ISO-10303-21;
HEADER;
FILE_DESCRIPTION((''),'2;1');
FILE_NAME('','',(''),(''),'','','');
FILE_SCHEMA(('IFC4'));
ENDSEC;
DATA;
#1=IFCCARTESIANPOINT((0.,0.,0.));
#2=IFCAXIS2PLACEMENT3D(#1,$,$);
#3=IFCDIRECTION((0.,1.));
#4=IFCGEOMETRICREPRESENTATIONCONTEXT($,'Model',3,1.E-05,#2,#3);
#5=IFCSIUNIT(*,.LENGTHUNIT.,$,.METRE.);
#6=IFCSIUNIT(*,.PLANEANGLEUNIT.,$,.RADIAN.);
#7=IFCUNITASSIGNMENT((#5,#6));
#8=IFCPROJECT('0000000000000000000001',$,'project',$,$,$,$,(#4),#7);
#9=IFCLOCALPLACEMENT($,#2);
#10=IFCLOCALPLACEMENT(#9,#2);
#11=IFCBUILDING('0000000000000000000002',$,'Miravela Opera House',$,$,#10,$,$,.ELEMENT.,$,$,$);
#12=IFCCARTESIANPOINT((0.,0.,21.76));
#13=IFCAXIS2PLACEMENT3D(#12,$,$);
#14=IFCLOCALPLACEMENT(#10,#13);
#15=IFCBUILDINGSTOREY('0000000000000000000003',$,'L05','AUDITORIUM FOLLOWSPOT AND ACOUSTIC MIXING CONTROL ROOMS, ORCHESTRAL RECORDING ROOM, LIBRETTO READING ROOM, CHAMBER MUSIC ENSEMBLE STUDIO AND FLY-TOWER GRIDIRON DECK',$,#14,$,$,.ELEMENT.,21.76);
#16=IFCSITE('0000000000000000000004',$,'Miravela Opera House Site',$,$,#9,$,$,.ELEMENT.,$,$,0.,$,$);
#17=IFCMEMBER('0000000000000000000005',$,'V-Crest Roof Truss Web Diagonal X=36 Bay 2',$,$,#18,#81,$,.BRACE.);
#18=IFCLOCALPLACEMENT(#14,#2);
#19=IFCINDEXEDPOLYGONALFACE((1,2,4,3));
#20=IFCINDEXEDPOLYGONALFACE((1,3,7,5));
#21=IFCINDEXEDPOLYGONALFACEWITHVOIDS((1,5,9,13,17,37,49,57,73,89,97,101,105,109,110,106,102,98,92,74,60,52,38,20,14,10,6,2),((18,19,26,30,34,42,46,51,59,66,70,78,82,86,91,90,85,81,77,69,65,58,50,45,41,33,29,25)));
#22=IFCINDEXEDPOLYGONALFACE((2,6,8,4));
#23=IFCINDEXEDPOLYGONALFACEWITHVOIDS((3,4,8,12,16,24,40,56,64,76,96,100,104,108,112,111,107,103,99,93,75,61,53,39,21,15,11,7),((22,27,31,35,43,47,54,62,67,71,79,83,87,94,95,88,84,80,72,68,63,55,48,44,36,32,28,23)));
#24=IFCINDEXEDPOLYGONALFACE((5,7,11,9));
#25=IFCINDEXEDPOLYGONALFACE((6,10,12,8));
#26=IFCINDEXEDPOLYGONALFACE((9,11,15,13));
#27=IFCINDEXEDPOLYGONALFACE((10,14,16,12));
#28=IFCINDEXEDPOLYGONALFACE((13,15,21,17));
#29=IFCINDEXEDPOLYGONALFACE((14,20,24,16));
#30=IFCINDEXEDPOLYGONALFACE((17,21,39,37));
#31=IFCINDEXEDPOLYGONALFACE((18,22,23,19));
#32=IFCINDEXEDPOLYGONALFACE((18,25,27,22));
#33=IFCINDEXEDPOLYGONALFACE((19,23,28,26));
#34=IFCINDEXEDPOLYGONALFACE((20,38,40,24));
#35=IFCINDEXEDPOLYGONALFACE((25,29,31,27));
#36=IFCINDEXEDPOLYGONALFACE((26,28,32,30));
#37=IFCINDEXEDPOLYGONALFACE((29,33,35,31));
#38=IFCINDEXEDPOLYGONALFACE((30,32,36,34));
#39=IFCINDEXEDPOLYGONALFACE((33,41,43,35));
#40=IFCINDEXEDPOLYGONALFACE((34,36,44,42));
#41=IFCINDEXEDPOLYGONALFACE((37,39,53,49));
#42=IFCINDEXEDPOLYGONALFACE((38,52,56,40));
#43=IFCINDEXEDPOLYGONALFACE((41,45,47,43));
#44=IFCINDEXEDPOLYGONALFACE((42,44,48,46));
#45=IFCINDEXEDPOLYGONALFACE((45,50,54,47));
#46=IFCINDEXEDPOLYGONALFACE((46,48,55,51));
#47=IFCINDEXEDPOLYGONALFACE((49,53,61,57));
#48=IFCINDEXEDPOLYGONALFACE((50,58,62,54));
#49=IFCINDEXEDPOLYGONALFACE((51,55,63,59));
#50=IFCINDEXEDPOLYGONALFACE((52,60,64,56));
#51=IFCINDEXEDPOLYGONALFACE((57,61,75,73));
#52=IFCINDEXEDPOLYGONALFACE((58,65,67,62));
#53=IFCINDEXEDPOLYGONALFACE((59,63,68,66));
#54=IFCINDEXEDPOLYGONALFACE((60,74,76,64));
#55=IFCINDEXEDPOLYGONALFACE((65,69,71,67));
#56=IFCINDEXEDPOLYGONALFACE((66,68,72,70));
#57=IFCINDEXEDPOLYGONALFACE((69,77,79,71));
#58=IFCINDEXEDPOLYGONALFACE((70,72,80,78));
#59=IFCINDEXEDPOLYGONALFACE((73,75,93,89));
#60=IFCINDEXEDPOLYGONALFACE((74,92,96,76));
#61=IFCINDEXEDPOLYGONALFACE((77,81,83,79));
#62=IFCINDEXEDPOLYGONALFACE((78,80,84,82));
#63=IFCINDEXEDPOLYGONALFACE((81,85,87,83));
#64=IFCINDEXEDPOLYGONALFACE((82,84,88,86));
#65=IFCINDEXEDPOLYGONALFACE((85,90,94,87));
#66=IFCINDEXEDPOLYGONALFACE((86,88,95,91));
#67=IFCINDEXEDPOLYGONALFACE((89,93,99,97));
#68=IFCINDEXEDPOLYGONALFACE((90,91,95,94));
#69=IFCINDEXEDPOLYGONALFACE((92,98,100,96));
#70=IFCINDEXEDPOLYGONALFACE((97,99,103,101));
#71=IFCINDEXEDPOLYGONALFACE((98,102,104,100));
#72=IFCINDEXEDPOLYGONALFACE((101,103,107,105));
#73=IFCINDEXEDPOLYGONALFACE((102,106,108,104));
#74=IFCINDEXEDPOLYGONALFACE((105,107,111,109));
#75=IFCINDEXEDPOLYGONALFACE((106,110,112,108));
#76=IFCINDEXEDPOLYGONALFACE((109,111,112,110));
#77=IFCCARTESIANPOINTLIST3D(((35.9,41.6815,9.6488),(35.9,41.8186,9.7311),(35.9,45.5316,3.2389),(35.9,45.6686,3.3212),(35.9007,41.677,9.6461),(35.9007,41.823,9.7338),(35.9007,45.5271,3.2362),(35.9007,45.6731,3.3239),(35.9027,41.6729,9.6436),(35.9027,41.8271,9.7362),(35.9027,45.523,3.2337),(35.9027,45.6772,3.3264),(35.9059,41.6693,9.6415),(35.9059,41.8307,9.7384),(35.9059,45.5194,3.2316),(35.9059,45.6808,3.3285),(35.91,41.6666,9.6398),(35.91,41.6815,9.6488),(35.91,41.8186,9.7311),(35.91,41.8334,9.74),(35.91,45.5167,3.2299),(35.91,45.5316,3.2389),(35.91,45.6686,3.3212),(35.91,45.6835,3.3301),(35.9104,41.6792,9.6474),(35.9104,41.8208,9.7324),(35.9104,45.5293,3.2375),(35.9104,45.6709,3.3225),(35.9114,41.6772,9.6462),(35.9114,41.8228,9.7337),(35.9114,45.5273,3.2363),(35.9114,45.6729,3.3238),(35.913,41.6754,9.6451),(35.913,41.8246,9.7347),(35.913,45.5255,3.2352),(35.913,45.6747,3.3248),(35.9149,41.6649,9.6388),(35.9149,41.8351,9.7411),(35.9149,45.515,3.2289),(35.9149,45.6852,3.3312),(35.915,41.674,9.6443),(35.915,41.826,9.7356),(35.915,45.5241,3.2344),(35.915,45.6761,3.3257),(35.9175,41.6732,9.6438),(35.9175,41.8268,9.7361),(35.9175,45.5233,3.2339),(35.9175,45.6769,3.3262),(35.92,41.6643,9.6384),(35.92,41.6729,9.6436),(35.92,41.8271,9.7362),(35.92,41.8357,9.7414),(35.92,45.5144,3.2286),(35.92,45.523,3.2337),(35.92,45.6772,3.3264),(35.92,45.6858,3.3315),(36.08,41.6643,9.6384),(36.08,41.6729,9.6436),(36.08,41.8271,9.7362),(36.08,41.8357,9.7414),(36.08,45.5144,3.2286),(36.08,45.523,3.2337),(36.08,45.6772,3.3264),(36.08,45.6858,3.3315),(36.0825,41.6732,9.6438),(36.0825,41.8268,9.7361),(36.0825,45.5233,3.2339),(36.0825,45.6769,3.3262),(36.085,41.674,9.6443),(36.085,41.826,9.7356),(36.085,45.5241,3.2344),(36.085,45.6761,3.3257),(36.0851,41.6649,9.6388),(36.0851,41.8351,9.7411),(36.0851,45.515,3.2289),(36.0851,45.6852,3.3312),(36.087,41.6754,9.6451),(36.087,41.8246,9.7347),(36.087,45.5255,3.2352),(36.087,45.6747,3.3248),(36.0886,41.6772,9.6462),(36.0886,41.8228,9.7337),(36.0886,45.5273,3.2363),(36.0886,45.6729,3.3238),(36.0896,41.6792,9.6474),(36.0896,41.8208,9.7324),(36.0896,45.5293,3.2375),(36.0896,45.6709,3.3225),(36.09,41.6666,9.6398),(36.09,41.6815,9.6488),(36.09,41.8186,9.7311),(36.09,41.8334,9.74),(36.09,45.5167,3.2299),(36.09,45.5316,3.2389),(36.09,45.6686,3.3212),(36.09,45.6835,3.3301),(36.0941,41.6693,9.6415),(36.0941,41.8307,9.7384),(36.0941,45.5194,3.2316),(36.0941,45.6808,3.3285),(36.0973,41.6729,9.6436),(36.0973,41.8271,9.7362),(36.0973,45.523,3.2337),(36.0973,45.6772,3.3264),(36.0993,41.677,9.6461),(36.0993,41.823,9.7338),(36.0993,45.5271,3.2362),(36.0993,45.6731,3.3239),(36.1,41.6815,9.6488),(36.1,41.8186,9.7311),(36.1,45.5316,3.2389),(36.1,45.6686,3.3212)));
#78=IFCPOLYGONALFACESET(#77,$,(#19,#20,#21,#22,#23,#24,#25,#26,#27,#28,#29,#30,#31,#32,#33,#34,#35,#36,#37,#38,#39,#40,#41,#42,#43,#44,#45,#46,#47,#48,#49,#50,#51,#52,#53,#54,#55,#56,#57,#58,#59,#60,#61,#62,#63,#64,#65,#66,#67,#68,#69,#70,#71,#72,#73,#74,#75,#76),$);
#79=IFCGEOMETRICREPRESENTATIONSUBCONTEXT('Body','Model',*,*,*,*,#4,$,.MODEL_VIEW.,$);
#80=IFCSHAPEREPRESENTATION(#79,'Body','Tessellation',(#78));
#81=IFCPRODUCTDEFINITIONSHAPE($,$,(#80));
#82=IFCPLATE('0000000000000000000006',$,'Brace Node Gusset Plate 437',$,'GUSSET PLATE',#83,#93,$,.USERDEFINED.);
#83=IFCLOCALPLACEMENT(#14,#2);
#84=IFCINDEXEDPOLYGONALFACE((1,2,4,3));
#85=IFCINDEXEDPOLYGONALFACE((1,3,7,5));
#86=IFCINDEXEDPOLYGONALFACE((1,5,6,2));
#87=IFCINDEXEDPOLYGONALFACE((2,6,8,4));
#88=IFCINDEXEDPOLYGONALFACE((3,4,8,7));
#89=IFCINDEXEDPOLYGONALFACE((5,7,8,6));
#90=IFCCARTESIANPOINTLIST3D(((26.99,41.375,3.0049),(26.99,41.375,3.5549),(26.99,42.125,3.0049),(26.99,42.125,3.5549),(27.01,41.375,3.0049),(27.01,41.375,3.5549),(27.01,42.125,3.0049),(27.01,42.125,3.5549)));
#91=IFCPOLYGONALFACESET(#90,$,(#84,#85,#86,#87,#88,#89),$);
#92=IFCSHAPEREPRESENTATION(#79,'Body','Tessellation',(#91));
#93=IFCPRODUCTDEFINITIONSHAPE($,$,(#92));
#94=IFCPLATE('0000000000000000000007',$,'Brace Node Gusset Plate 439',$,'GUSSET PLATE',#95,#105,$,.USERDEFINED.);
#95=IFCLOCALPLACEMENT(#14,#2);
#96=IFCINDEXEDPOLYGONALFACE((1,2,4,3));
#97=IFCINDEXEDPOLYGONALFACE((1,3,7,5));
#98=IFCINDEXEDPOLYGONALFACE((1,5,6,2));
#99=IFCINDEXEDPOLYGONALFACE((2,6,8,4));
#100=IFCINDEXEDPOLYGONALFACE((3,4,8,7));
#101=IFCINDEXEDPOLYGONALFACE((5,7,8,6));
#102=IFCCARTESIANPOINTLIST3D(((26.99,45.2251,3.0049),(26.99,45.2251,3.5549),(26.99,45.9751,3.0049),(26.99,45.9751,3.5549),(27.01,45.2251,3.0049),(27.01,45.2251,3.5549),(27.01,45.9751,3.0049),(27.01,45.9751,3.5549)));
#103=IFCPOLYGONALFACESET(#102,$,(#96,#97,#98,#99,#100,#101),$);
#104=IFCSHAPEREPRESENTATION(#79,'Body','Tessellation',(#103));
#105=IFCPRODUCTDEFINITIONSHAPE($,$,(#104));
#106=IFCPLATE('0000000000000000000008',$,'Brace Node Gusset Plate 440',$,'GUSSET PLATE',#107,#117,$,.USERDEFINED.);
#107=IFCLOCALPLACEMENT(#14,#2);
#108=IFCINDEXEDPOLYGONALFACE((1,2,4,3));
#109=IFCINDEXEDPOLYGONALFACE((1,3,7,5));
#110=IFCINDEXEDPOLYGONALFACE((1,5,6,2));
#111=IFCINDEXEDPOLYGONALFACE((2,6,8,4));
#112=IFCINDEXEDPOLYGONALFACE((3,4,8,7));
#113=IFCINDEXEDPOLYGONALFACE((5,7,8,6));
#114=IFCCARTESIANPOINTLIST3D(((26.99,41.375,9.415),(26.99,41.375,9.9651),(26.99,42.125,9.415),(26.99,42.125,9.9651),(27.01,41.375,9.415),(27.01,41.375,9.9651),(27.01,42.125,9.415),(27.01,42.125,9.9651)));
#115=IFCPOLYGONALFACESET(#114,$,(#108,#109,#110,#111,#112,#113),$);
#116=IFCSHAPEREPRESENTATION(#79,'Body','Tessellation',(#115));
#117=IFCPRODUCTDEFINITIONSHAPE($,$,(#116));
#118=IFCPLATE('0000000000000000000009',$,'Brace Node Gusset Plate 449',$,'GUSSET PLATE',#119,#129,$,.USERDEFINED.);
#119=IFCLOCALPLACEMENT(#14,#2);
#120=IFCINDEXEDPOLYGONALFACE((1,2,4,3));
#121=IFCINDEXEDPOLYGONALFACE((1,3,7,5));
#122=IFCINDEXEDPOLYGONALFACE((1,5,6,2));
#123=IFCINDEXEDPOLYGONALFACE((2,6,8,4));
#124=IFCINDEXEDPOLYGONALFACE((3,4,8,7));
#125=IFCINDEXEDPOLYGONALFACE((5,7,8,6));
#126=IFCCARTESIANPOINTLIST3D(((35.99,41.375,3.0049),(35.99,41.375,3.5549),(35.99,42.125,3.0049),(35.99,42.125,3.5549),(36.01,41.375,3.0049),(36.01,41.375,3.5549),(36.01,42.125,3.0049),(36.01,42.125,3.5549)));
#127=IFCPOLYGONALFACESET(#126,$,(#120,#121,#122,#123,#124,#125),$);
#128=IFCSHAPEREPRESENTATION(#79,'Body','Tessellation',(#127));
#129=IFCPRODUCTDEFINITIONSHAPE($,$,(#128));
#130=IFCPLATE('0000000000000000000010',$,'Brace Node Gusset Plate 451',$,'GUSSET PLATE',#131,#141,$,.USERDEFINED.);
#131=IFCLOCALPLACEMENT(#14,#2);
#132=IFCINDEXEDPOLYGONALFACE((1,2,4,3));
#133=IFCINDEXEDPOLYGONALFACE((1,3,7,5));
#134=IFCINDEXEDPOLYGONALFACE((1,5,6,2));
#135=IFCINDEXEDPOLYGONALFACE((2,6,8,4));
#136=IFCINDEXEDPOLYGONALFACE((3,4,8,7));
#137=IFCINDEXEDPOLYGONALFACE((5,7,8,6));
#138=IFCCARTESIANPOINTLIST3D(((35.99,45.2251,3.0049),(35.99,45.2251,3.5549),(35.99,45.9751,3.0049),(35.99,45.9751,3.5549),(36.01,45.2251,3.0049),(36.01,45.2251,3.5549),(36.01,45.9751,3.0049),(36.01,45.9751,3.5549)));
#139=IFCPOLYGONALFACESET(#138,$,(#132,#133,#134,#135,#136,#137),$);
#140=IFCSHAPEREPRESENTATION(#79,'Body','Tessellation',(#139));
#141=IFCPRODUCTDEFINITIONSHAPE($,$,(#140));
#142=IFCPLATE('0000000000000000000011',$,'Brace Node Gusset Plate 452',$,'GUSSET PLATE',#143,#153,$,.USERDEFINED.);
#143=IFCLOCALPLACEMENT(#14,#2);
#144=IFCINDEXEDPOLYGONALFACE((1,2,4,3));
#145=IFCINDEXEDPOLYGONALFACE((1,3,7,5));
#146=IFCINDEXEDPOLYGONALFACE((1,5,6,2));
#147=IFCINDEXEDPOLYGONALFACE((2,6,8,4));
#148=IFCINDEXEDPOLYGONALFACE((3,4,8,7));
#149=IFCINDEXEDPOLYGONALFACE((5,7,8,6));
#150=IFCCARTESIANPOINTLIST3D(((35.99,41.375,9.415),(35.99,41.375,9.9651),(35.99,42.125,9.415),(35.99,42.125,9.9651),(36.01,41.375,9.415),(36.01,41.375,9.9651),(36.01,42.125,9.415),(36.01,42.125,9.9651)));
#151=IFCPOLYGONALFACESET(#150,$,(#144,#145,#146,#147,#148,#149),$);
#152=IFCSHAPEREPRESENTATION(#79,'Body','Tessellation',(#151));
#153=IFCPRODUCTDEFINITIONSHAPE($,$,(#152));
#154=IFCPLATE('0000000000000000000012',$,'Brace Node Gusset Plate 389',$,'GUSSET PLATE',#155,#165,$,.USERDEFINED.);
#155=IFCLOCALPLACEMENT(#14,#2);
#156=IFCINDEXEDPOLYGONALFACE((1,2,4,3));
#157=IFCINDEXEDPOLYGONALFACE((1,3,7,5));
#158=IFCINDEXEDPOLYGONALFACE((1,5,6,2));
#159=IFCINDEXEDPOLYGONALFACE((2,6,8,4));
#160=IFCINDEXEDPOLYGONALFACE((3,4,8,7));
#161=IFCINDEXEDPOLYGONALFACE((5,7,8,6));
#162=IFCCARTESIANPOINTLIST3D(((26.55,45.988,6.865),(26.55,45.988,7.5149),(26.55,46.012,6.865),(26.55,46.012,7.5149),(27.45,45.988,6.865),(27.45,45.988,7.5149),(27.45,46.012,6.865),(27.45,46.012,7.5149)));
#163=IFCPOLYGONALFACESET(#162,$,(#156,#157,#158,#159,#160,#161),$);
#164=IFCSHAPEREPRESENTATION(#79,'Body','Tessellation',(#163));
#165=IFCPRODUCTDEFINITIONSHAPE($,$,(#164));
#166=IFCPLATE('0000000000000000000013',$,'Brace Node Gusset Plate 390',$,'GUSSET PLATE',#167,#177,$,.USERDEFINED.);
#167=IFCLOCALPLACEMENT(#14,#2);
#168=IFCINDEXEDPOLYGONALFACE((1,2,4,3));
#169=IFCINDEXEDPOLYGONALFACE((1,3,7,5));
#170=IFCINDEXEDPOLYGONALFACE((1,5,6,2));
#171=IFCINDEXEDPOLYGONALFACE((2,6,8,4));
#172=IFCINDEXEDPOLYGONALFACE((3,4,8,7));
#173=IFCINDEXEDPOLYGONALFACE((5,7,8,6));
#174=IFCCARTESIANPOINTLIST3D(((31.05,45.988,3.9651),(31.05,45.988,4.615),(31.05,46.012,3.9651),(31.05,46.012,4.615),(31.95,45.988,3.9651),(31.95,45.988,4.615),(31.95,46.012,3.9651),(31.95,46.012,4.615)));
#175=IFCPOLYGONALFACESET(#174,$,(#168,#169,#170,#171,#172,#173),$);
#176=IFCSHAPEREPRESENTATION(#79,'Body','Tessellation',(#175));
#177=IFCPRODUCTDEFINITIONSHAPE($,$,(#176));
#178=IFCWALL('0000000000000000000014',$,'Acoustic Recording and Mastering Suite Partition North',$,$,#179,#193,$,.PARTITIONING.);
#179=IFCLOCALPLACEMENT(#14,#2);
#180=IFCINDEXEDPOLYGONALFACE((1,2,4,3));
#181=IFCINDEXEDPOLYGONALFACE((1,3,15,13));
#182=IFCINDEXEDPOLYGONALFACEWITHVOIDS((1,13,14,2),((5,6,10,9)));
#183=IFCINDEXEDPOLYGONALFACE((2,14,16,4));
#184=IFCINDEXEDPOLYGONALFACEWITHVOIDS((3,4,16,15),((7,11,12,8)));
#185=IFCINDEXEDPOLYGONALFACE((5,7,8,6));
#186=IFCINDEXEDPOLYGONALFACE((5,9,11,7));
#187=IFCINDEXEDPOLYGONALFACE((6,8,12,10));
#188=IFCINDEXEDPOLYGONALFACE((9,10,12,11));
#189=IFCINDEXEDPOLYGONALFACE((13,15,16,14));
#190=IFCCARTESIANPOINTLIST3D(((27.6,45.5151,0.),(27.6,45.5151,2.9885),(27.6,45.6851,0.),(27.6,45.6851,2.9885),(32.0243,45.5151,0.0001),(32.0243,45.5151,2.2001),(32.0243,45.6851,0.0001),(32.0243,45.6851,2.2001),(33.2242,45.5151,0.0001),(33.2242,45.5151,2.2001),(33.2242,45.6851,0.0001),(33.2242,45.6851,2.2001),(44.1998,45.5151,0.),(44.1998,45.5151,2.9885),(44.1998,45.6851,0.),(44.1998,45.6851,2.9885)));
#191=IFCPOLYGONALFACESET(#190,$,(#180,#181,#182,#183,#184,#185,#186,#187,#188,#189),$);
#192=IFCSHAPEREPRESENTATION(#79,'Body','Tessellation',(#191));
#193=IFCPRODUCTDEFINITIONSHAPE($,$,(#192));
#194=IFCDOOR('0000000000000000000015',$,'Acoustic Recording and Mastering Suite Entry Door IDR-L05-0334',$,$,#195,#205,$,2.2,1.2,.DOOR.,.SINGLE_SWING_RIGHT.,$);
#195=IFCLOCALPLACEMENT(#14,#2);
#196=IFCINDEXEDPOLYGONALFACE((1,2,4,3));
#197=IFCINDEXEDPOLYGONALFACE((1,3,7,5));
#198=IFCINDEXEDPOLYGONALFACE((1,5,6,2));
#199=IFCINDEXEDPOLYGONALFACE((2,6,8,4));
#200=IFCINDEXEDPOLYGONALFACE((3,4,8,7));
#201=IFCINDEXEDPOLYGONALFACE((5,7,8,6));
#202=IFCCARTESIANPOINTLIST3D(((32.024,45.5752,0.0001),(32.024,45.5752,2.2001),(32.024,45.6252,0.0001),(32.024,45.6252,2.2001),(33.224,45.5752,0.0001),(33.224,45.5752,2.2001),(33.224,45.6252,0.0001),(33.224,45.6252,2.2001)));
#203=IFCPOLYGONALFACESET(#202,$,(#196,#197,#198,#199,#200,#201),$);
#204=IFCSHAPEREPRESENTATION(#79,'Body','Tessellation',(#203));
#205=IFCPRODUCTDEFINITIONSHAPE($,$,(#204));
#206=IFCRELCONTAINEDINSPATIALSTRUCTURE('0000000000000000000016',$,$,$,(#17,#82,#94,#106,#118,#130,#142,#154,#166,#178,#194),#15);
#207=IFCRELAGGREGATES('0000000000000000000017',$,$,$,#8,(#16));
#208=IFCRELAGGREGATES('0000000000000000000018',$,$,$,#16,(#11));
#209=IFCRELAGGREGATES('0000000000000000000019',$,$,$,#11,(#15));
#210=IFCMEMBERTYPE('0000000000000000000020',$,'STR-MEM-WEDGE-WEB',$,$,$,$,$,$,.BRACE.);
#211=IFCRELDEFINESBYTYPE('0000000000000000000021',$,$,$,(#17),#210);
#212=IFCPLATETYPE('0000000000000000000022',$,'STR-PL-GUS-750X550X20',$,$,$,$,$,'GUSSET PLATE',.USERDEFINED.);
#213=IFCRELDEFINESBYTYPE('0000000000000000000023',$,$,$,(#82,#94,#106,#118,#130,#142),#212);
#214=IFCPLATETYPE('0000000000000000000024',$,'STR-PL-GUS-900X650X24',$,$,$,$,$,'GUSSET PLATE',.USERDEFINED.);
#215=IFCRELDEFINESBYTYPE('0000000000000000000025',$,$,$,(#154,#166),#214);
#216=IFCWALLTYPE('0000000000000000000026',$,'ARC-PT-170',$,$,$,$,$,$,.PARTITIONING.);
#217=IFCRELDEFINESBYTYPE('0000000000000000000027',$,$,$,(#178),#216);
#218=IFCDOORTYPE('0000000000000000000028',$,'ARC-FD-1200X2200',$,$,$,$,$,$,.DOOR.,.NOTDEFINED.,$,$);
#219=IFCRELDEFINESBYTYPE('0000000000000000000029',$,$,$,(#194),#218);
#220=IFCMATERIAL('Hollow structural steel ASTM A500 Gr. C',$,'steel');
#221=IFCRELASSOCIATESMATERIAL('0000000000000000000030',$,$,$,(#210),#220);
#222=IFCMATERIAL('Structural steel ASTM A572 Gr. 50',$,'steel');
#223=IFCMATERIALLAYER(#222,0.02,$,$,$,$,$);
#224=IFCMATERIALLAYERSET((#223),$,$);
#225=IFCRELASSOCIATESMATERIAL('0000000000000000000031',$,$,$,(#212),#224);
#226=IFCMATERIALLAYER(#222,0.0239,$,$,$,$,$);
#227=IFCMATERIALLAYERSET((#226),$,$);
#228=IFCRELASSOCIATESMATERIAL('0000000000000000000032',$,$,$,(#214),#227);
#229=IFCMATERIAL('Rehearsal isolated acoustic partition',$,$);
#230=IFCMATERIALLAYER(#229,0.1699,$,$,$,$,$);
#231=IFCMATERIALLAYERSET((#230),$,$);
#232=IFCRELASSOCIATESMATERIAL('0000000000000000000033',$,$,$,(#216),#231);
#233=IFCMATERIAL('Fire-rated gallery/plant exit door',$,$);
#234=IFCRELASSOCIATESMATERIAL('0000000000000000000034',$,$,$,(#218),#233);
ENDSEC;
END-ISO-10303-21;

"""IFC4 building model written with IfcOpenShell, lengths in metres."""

from ifc_helpers import new_model, si_unit, direction, frame, frame_2d, origin, origin_2d, place, context, subcontext, project, spatial, rectangle, hollow_rectangle, extrude, material, layer, layer_set, material_profile, profile_set, type_object, element, fill, save


model = new_model("IFC4")

# Units and contexts
model_context = context("Model", 3, precision=1e-05, world=origin(), true_north=direction((0.0, 1.0)))
body_context = subcontext(model_context, "Body", "Model", "MODEL_VIEW")
ifc_project = project(units=[si_unit("LENGTHUNIT", "METRE"), si_unit("PLANEANGLEUNIT", "RADIAN")], contexts=[model_context])

# Site, building, storey
site_placement = place(None, origin())
site = spatial("IfcSite", under=ifc_project, at=site_placement, Name="Miravela Opera House Site", CompositionType="ELEMENT", RefElevation=0.0)
building_placement = place(site_placement, origin())
building = spatial("IfcBuilding", under=site, at=building_placement, Name="Miravela Opera House", CompositionType="ELEMENT")
storey_placement = place(building_placement, frame((0.0, 0.0, 21.76)))
storey = spatial("IfcBuildingStorey", under=building, at=storey_placement, Name="L05", Description="AUDITORIUM FOLLOWSPOT AND ACOUSTIC MIXING CONTROL ROOMS, ORCHESTRAL RECORDING ROOM, LIBRETTO READING ROOM, CHAMBER MUSIC ENSEMBLE STUDIO AND FLY-TOWER GRIDIRON DECK", CompositionType="ELEMENT", Elevation=21.76)

# Member
ifc_material_1 = material(Name="Hollow structural steel ASTM A500 Gr. C", Category="steel")
ifc_material_profile_1 = material_profile(ifc_material_1, hollow_rectangle(XDim=0.2, YDim=0.2, WallThickness=0.01, InnerFilletRadius=0.01, OuterFilletRadius=0.02, at=origin_2d()), Name="HSS200X200X10")
ifc_profile_set_1 = profile_set([ifc_material_profile_1])
member_type_1 = type_object("IfcMemberType", Name="STR-MEM-WEDGE-WEB", PredefinedType="BRACE", material=ifc_profile_set_1)
member_1_placement = place(storey_placement, frame((36.0, 45.6001, 3.28), z_axis=(0.0, -0.514904, 0.857248), x_axis=(1.0, 0.0, 0.0)))
element("IfcMember", 1, at=member_1_placement, inside=storey, type_object=member_type_1, Name="V-Crest Roof Truss Web Diagonal X=36 Bay 2", PredefinedType="BRACE", context=body_context, shape_type="SweptSolid", body=[
    extrude(hollow_rectangle(XDim=0.2, YDim=0.2, WallThickness=0.01, InnerFilletRadius=0.01, OuterFilletRadius=0.02, at=origin_2d()), origin(), (0.0, 0.0, 1.0), 7.4773),
])

# Plates
ifc_material_2 = material(Name="Structural steel ASTM A572 Gr. 50", Category="steel")
ifc_layer_1 = layer(ifc_material_2, 0.02)
ifc_layer_set_1 = layer_set([ifc_layer_1])
plate_type_1 = type_object("IfcPlateType", Name="STR-PL-GUS-750X550X20", ElementType="GUSSET PLATE", PredefinedType="USERDEFINED", material=ifc_layer_set_1)
for number, where, z_axis, x_axis, name in (
    (2, (27.0, 41.75, 3.0049), (0.0, 0.0, 1.0), (0.0, 1.0, 0.0), "Brace Node Gusset Plate 437"),
    (3, (27.0, 45.6001, 3.0049), (0.0, 0.0, 1.0), (0.0, 1.0, 0.0), "Brace Node Gusset Plate 439"),
    (4, (27.0, 41.75, 9.415), (0.0, 0.0, 1.0), (0.0, 1.0, 0.0), "Brace Node Gusset Plate 440"),
    (5, (36.0, 41.75, 3.0049), (0.0, 0.0, 1.0), (0.0, 1.0, 0.0), "Brace Node Gusset Plate 449"),
    (6, (36.0, 45.6001, 3.0049), (0.0, 0.0, 1.0), (0.0, 1.0, 0.0), "Brace Node Gusset Plate 451"),
    (7, (36.0, 41.75, 9.415), (0.0, 0.0, 1.0), (0.0, 1.0, 0.0), "Brace Node Gusset Plate 452"),
):
    element("IfcPlate", number, at=place(storey_placement, frame(where, z_axis=z_axis, x_axis=x_axis)), inside=storey, type_object=plate_type_1, Name=name, ObjectType="GUSSET PLATE", PredefinedType="USERDEFINED", context=body_context, shape_type="SweptSolid", body=[
        extrude(rectangle(XDim=0.75, YDim=0.02, at=origin_2d()), origin(), (0.0, 0.0, 1.0), 0.55),
    ])
ifc_layer_2 = layer(ifc_material_2, 0.0239)
ifc_layer_set_2 = layer_set([ifc_layer_2])
plate_type_2 = type_object("IfcPlateType", Name="STR-PL-GUS-900X650X24", ElementType="GUSSET PLATE", PredefinedType="USERDEFINED", material=ifc_layer_set_2)
for number, where, z_axis, x_axis, name in (
    (8, (27.0, 46.0, 6.865), (0.0, 0.0, 1.0), (1.0, 0.0, 0.0), "Brace Node Gusset Plate 389"),
    (9, (31.5, 46.0, 3.9651), (0.0, 0.0, 1.0), (1.0, 0.0, 0.0), "Brace Node Gusset Plate 390"),
):
    element("IfcPlate", number, at=place(storey_placement, frame(where, z_axis=z_axis, x_axis=x_axis)), inside=storey, type_object=plate_type_2, Name=name, ObjectType="GUSSET PLATE", PredefinedType="USERDEFINED", context=body_context, shape_type="SweptSolid", body=[
        extrude(rectangle(XDim=0.8999, YDim=0.0239, at=origin_2d()), origin(), (0.0, 0.0, 1.0), 0.6499),
    ])

# Wall, opening, door
ifc_material_3 = material(Name="Rehearsal isolated acoustic partition")
ifc_layer_3 = layer(ifc_material_3, 0.1699)
ifc_layer_set_3 = layer_set([ifc_layer_3])
wall_type = type_object("IfcWallType", Name="ARC-PT-170", PredefinedType="PARTITIONING", material=ifc_layer_set_3)
wall_placement = place(storey_placement, frame((27.6001, 45.6001, 0.0), z_axis=(0.0, 0.0, 1.0), x_axis=(1.0, 0.0, 0.0)))
wall = element("IfcWall", 10, at=wall_placement, inside=storey, type_object=wall_type, Name="Acoustic Recording and Mastering Suite Partition North", PredefinedType="PARTITIONING", context=body_context, shape_type="SweptSolid", body=[
    extrude(rectangle(XDim=16.5999, YDim=0.1699, at=frame_2d((8.2998, 0.0))), origin(), (0.0, 0.0, 1.0), 2.9885),
])
opening_placement = place(wall_placement, frame((4.4241, 0.0, 0.0)))
opening = element("IfcOpeningElement", 11, at=opening_placement, cuts=wall, PredefinedType="OPENING", context=body_context, shape_type="SweptSolid", body=[
    extrude(rectangle(XDim=1.2, YDim=2.2, at=frame_2d((0.6001, 1.1001))), frame((0.0, 0.095, 0.0), z_axis=(0.0, -1.0, 0.0), x_axis=(1.0, 0.0, 0.0)), (0.0, 0.0, 1.0), 0.1899),
])
ifc_material_4 = material(Name="Fire-rated gallery/plant exit door")
door_type = type_object("IfcDoorType", Name="ARC-FD-1200X2200", OperationType="NOTDEFINED", PredefinedType="DOOR", material=ifc_material_4)
door_placement = place(opening_placement, frame((1.2, 0.0, 0.0), z_axis=(0.0, 0.0, 1.0), x_axis=(-1.0, 0.0, 0.0)))
door = element("IfcDoor", 12, at=door_placement, inside=storey, type_object=door_type, Name="Acoustic Recording and Mastering Suite Entry Door IDR-L05-0334", OperationType="SINGLE_SWING_RIGHT", OverallHeight=2.2, OverallWidth=1.2, PredefinedType="DOOR", context=body_context, shape_type="SweptSolid", body=[
    extrude(rectangle(XDim=1.2, YDim=2.2, at=frame_2d((0.6001, 1.1001))), frame((0.0, 0.0249, 0.0), z_axis=(0.0, -1.0, 0.0), x_axis=(1.0, 0.0, 0.0)), (0.0, 0.0, 1.0), 0.05),
])
fill(opening, door)

save(model, "model.ifc")
